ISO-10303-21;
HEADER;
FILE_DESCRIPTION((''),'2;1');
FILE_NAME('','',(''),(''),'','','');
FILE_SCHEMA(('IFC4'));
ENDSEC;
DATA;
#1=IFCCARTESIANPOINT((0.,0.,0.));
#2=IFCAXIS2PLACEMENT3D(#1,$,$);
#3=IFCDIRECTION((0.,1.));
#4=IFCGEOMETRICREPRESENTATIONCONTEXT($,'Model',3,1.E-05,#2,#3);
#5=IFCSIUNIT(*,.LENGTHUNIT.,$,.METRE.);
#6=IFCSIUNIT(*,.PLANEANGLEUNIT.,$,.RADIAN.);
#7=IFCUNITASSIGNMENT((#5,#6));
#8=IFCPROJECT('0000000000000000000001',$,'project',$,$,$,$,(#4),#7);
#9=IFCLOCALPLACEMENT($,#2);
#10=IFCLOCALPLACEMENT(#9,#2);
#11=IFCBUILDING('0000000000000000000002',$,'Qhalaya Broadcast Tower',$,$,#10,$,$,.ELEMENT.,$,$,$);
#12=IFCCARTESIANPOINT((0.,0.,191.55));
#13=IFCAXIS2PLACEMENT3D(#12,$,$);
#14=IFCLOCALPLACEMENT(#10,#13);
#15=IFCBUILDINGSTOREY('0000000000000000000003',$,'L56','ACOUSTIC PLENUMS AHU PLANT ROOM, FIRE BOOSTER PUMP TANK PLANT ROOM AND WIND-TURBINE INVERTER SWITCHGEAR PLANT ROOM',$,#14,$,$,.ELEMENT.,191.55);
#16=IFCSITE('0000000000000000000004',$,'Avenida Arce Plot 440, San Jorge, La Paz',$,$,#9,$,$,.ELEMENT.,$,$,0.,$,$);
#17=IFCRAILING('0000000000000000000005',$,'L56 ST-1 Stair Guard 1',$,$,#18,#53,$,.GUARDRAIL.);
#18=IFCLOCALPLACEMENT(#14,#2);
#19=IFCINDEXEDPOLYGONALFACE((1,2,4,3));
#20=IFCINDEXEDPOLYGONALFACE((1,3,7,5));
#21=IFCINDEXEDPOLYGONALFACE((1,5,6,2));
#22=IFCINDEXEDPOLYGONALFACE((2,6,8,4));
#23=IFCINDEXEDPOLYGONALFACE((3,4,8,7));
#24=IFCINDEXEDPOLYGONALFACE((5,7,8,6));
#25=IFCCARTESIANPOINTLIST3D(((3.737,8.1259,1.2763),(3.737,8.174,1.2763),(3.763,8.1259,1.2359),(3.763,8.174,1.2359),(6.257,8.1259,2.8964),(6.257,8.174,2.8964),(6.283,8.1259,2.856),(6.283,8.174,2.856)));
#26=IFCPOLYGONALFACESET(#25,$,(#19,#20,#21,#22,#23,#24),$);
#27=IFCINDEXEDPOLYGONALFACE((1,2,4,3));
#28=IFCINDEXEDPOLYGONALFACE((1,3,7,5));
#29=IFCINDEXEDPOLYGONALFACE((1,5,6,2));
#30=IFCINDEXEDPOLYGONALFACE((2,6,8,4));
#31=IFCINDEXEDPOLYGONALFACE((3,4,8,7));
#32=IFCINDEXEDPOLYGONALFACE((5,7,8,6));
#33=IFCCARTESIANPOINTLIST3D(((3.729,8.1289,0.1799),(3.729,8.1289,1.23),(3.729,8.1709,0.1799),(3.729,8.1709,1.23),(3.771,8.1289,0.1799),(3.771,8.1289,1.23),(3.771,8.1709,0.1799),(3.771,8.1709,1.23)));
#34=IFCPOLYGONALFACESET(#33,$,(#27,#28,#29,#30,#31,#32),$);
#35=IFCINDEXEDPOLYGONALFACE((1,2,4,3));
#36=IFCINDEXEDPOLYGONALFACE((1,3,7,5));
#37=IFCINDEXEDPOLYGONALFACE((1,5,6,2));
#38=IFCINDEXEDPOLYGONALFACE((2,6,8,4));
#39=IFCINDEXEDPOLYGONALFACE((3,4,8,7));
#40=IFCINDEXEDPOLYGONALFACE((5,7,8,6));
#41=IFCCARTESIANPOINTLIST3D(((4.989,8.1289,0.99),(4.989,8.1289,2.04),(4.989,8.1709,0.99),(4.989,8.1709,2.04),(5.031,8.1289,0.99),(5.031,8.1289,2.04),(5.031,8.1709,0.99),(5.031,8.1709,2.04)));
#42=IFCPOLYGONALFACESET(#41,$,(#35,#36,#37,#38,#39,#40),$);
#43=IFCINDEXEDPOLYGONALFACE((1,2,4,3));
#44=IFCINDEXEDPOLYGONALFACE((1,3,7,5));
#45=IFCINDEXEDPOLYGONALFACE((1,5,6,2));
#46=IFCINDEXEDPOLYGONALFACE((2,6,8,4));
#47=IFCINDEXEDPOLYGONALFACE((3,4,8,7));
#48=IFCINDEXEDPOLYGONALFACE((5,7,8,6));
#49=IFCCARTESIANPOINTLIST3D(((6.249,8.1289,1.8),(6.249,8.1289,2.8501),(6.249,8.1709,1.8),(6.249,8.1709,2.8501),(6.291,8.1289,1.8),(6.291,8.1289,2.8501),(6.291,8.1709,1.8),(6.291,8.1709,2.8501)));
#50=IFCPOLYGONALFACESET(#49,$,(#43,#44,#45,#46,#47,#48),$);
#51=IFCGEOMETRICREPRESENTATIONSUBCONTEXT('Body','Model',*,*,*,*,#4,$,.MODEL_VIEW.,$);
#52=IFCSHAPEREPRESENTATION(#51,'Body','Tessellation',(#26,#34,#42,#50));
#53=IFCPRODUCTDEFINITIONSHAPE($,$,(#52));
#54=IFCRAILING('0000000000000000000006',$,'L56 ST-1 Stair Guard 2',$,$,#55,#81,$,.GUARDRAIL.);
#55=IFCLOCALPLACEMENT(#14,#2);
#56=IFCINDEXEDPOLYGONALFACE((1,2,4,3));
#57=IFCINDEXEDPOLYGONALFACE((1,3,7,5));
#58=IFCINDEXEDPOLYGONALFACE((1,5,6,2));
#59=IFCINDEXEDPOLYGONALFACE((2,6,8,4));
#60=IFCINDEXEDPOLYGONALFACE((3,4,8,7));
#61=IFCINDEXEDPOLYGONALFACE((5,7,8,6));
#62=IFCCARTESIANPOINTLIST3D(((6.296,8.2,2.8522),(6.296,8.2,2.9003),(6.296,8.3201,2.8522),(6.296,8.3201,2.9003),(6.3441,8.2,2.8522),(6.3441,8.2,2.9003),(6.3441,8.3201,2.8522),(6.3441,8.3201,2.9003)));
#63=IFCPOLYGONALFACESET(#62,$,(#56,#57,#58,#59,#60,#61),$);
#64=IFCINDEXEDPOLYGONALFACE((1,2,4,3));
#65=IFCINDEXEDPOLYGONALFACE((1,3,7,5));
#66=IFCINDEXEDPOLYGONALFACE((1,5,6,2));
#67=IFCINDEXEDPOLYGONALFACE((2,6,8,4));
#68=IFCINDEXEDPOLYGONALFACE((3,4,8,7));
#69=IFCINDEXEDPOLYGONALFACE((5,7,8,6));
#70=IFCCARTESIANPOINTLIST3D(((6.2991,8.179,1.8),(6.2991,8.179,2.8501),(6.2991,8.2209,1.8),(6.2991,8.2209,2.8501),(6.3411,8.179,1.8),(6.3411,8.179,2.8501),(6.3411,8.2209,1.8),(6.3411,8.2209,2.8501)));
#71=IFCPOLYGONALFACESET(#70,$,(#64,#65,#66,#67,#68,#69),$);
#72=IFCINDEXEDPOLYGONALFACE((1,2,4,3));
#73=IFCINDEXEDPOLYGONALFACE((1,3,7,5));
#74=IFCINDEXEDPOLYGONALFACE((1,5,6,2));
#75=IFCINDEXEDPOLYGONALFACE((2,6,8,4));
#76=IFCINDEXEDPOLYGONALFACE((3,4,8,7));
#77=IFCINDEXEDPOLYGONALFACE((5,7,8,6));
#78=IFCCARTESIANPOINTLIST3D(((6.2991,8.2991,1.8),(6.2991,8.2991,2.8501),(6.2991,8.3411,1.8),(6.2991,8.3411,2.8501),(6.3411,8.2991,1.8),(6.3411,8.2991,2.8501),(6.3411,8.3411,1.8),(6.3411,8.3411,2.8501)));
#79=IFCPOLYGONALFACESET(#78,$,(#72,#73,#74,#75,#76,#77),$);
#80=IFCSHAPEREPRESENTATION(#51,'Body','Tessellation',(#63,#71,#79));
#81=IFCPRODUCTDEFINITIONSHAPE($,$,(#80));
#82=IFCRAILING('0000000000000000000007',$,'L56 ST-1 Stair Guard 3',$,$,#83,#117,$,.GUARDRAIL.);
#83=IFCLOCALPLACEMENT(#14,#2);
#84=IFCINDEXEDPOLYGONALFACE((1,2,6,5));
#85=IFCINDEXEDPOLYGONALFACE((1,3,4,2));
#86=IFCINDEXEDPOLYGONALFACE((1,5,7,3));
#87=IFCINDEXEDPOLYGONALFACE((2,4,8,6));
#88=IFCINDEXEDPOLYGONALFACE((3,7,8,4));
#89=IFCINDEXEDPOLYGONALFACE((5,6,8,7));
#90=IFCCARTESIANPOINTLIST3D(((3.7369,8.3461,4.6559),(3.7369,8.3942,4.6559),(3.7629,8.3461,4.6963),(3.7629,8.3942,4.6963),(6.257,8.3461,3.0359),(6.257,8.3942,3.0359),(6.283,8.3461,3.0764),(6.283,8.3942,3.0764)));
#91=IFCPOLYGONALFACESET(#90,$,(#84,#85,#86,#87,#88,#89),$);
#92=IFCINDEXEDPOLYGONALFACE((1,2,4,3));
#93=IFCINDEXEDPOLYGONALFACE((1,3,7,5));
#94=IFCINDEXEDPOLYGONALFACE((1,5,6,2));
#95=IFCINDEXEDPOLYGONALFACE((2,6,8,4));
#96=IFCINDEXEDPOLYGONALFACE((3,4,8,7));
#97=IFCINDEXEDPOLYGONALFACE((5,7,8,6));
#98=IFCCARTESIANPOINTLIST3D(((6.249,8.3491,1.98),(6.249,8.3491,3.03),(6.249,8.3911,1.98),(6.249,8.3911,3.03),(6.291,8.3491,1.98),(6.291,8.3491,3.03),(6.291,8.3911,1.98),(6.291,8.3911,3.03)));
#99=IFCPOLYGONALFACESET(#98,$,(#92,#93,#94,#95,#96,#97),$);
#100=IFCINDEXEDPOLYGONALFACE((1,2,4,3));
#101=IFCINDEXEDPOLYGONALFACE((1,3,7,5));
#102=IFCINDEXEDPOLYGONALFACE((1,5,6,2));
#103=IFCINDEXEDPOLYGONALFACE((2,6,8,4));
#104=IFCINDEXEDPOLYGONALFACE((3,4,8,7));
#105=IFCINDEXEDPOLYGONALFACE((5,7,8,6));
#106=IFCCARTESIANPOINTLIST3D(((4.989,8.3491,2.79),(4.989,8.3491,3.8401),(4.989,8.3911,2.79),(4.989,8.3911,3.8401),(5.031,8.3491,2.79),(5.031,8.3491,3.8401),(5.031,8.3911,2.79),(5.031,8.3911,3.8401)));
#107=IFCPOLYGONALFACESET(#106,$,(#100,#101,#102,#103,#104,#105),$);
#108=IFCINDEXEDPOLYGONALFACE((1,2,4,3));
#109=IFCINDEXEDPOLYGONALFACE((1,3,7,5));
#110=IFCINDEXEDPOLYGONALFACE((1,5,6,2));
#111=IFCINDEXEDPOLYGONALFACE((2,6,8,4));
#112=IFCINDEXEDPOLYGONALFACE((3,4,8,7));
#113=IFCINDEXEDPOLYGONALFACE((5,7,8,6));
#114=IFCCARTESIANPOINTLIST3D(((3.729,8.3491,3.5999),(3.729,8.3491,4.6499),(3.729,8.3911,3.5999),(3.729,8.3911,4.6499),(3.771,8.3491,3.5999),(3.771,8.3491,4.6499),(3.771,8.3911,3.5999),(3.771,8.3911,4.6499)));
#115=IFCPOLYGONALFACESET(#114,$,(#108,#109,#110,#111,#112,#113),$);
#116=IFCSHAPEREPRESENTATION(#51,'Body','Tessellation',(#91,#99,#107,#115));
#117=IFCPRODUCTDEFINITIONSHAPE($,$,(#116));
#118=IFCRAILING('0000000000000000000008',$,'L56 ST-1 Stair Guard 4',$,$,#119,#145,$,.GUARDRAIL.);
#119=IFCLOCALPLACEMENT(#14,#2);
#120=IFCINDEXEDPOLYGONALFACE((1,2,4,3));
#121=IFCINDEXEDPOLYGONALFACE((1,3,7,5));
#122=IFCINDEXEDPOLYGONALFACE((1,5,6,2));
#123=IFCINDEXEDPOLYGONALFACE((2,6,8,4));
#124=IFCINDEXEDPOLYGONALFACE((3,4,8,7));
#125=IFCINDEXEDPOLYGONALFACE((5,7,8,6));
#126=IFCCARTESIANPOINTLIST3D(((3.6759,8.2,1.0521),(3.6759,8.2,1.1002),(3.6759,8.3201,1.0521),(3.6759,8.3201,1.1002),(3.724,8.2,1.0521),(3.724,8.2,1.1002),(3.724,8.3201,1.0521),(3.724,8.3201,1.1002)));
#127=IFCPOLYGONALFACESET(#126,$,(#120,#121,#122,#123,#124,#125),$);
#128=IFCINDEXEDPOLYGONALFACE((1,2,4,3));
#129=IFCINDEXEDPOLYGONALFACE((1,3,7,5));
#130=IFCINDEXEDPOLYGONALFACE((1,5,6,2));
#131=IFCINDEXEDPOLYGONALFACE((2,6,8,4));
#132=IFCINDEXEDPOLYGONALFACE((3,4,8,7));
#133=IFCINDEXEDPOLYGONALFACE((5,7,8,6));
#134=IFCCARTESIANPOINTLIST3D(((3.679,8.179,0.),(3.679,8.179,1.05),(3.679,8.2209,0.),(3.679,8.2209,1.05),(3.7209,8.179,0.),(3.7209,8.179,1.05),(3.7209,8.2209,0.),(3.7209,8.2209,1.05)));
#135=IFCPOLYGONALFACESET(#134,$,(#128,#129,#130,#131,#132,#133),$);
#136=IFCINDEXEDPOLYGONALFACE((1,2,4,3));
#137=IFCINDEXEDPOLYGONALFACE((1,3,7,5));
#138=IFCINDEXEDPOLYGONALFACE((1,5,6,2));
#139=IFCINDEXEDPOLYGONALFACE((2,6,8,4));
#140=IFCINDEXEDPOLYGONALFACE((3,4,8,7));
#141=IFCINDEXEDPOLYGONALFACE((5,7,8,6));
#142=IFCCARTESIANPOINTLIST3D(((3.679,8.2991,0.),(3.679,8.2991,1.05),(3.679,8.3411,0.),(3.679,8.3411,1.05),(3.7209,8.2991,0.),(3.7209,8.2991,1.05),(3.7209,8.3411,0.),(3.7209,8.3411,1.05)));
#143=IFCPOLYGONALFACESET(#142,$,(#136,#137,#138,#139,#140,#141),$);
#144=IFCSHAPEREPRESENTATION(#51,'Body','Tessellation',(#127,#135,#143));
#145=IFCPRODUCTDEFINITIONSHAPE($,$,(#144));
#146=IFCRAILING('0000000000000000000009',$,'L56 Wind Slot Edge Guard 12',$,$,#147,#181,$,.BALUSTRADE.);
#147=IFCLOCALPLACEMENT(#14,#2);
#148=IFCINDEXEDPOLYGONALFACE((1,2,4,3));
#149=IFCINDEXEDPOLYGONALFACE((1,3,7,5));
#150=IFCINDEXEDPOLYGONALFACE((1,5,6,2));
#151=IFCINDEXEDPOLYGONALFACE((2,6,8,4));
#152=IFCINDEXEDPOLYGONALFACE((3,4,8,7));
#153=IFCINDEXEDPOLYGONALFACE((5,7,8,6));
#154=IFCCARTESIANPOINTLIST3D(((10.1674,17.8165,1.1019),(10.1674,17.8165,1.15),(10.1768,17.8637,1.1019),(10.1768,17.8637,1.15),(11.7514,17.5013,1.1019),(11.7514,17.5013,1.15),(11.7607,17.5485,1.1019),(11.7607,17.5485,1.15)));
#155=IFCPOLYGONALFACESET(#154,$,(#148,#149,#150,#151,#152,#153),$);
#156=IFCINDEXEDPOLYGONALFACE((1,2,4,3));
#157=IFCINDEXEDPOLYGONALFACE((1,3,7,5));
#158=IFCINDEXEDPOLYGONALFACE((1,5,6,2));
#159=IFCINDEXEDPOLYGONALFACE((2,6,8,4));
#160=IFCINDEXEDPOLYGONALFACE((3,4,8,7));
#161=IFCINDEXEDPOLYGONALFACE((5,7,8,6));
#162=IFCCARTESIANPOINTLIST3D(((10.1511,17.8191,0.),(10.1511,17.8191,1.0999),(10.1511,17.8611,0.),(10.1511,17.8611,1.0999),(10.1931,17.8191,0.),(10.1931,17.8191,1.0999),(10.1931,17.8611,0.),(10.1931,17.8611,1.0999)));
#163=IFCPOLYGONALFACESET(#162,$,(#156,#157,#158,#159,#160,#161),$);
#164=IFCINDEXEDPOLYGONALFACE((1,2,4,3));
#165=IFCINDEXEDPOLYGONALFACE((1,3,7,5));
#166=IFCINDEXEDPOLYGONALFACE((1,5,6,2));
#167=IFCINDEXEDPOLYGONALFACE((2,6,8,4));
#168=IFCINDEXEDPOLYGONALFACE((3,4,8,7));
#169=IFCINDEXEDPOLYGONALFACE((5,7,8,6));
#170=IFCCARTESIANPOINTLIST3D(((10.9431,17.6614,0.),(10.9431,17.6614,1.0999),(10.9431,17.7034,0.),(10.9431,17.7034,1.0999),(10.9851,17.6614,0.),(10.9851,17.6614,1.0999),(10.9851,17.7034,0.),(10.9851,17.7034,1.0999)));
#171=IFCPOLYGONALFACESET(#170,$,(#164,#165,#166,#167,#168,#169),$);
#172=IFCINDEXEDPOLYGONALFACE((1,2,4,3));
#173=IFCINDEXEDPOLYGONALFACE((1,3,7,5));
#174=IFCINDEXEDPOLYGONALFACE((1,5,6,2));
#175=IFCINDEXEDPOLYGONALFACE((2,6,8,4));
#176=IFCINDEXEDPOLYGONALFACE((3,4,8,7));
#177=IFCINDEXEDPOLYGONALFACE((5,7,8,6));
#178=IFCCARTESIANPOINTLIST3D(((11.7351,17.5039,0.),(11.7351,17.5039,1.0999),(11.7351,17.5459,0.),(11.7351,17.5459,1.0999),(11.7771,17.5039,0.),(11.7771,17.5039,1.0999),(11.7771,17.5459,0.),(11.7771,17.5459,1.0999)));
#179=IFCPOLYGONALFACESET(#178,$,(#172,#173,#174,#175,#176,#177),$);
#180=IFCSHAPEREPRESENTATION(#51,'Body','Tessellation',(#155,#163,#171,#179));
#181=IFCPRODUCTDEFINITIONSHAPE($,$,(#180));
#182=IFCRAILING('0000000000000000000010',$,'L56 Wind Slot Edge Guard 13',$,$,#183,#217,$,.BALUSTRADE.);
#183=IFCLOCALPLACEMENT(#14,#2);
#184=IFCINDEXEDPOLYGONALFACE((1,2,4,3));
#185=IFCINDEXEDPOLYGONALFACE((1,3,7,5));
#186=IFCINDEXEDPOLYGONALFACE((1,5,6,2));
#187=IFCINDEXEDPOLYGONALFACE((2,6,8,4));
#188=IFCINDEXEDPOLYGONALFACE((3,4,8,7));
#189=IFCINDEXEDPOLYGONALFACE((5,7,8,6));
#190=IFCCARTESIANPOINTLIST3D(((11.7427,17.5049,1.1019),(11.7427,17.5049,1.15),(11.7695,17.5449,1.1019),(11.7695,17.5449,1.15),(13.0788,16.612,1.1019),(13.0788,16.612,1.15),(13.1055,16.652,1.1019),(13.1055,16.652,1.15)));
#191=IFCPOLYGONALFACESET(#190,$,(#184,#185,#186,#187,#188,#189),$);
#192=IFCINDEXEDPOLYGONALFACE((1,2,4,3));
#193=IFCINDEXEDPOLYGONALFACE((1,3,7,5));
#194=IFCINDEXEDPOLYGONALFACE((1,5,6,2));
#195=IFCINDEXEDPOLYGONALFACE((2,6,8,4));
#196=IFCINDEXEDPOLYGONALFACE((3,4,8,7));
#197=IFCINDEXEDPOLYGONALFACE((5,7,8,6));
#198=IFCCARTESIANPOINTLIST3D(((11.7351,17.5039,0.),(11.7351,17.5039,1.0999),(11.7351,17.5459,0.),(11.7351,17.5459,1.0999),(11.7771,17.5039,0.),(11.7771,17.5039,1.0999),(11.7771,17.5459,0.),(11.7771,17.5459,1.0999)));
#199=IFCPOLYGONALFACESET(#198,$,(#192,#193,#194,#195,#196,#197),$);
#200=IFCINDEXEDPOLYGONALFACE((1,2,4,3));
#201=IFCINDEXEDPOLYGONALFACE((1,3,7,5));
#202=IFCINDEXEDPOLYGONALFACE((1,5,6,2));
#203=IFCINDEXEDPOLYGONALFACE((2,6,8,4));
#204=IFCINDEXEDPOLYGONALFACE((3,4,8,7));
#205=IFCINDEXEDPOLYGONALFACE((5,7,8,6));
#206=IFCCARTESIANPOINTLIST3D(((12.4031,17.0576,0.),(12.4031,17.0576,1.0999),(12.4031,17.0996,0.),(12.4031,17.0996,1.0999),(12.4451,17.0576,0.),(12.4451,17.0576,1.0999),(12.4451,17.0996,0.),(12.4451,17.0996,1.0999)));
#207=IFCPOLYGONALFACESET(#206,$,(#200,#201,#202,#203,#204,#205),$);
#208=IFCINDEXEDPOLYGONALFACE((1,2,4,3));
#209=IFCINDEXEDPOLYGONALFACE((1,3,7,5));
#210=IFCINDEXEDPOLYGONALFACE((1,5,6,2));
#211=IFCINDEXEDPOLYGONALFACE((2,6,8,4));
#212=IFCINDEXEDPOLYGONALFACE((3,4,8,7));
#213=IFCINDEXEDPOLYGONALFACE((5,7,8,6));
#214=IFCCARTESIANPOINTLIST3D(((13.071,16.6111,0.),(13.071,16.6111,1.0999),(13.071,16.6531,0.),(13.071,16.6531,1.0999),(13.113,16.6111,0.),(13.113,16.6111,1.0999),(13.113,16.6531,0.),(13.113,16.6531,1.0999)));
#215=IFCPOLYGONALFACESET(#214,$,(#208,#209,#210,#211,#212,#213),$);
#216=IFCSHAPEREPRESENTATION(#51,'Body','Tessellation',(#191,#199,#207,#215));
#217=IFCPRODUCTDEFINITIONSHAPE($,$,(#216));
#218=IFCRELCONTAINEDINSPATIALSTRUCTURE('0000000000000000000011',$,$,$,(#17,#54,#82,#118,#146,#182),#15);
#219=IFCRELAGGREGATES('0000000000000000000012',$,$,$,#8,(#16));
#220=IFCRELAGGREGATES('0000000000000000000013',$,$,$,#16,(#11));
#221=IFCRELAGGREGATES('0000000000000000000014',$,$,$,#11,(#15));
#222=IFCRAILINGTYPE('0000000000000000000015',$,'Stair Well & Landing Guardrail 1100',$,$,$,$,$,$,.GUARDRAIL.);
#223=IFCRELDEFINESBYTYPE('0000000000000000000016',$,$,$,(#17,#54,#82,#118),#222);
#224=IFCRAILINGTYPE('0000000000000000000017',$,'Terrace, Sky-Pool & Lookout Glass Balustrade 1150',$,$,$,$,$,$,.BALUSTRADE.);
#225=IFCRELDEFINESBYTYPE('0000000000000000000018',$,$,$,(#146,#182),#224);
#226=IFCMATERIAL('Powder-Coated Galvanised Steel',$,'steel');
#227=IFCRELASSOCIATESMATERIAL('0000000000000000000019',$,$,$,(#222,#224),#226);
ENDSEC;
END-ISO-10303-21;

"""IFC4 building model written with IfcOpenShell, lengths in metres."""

from ifc_helpers import new_model, si_unit, direction, frame, origin, origin_2d, place, context, subcontext, project, spatial, rectangle, extrude, material, type_object, element, save


model = new_model("IFC4")

# Units and contexts
model_context = context("Model", 3, precision=1e-05, world=origin(), true_north=direction((0.0, 1.0)))
body_context = subcontext(model_context, "Body", "Model", "MODEL_VIEW")
ifc_project = project(units=[si_unit("LENGTHUNIT", "METRE"), si_unit("PLANEANGLEUNIT", "RADIAN")], contexts=[model_context])

# Site, building, storey
site_placement = place(None, origin())
site = spatial("IfcSite", under=ifc_project, at=site_placement, Name="Avenida Arce Plot 440, San Jorge, La Paz", CompositionType="ELEMENT", RefElevation=0.0)
building_placement = place(site_placement, origin())
building = spatial("IfcBuilding", under=site, at=building_placement, Name="Qhalaya Broadcast Tower", CompositionType="ELEMENT")
storey_placement = place(building_placement, frame((0.0, 0.0, 191.55)))
storey = spatial("IfcBuildingStorey", under=building, at=storey_placement, Name="L56", Description="ACOUSTIC PLENUMS AHU PLANT ROOM, FIRE BOOSTER PUMP TANK PLANT ROOM AND WIND-TURBINE INVERTER SWITCHGEAR PLANT ROOM", CompositionType="ELEMENT", Elevation=191.55)

# Railings
ifc_material_1 = material(Name="Powder-Coated Galvanised Steel", Category="steel")
railing_type_1 = type_object("IfcRailingType", Name="Stair Well & Landing Guardrail 1100", PredefinedType="GUARDRAIL", material=ifc_material_1)
railing_1_placement = place(storey_placement, frame((3.75, 8.1499, 0.1799)))
element("IfcRailing", 1, at=railing_1_placement, inside=storey, type_object=railing_type_1, Name="L56 ST-1 Stair Guard 1", PredefinedType="GUARDRAIL", context=body_context, shape_type="SweptSolid", body=[
    extrude(rectangle(XDim=0.0481, YDim=0.0481, at=origin_2d()), frame((0.0, 0.0, 1.0762), z_axis=(0.841163, 0.0, 0.540782), x_axis=(0.0, 1.0, 0.0)), (0.0, 0.0, 1.0), 2.9958),
    extrude(rectangle(XDim=0.042, YDim=0.042, at=origin_2d()), origin(), (0.0, 0.0, 1.0), 1.05),
    extrude(rectangle(XDim=0.042, YDim=0.042, at=origin_2d()), frame((1.26, 0.0, 0.8101)), (0.0, 0.0, 1.0), 1.05),
    extrude(rectangle(XDim=0.042, YDim=0.042, at=origin_2d()), frame((2.52, 0.0, 1.6201)), (0.0, 0.0, 1.0), 1.05),
])
railing_2_placement = place(storey_placement, frame((6.3201, 8.2, 1.8)))
element("IfcRailing", 2, at=railing_2_placement, inside=storey, type_object=railing_type_1, Name="L56 ST-1 Stair Guard 2", PredefinedType="GUARDRAIL", context=body_context, shape_type="SweptSolid", body=[
    extrude(rectangle(XDim=0.0481, YDim=0.0481, at=origin_2d()), frame((0.0, 0.0, 1.0762), z_axis=(0.0, 1.0, 0.0), x_axis=(-1.0, 0.0, 0.0)), (0.0, 0.0, 1.0), 0.1201),
    extrude(rectangle(XDim=0.042, YDim=0.042, at=origin_2d()), origin(), (0.0, 0.0, 1.0), 1.05),
    extrude(rectangle(XDim=0.042, YDim=0.042, at=origin_2d()), frame((0.0, 0.1201, 0.0)), (0.0, 0.0, 1.0), 1.05),
])
railing_3_placement = place(storey_placement, frame((6.27, 8.3701, 1.98)))
element("IfcRailing", 3, at=railing_3_placement, inside=storey, type_object=railing_type_1, Name="L56 ST-1 Stair Guard 3", PredefinedType="GUARDRAIL", context=body_context, shape_type="SweptSolid", body=[
    extrude(rectangle(XDim=0.0481, YDim=0.0481, at=origin_2d()), frame((0.0, 0.0, 1.0762), z_axis=(-0.8412, 0.0, 0.540725), x_axis=(0.0, -1.0, 0.0)), (0.0, 0.0, 1.0), 2.9958),
    extrude(rectangle(XDim=0.042, YDim=0.042, at=origin_2d()), origin(), (0.0, 0.0, 1.0), 1.05),
    extrude(rectangle(XDim=0.042, YDim=0.042, at=origin_2d()), frame((-1.26, 0.0, 0.8101)), (0.0, 0.0, 1.0), 1.05),
    extrude(rectangle(XDim=0.042, YDim=0.042, at=origin_2d()), frame((-2.52, 0.0, 1.6199)), (0.0, 0.0, 1.0), 1.05),
])
railing_4_placement = place(storey_placement, frame((3.7, 8.2, 0.0)))
element("IfcRailing", 4, at=railing_4_placement, inside=storey, type_object=railing_type_1, Name="L56 ST-1 Stair Guard 4", PredefinedType="GUARDRAIL", context=body_context, shape_type="SweptSolid", body=[
    extrude(rectangle(XDim=0.0481, YDim=0.0481, at=origin_2d()), frame((0.0, 0.0, 1.0762), z_axis=(0.0, 1.0, 0.0), x_axis=(-1.0, 0.0, 0.0)), (0.0, 0.0, 1.0), 0.1201),
    extrude(rectangle(XDim=0.042, YDim=0.042, at=origin_2d()), origin(), (0.0, 0.0, 1.0), 1.05),
    extrude(rectangle(XDim=0.042, YDim=0.042, at=origin_2d()), frame((0.0, 0.1201, 0.0)), (0.0, 0.0, 1.0), 1.05),
])
railing_type_2 = type_object("IfcRailingType", Name="Terrace, Sky-Pool & Lookout Glass Balustrade 1150", PredefinedType="BALUSTRADE", material=ifc_material_1)
railing_5_placement = place(storey_placement, frame((10.1721, 17.8401, 0.0)))
element("IfcRailing", 5, at=railing_5_placement, inside=storey, type_object=railing_type_2, Name="L56 Wind Slot Edge Guard 12", PredefinedType="BALUSTRADE", context=body_context, shape_type="SweptSolid", body=[
    extrude(rectangle(XDim=0.0481, YDim=0.0481, at=origin_2d()), frame((0.0, 0.0, 1.126), z_axis=(0.980772, -0.195157, 0.0), x_axis=(0.195157, 0.980772, 0.0)), (0.0, 0.0, 1.0), 1.615),
    extrude(rectangle(XDim=0.042, YDim=0.042, at=origin_2d()), origin(), (0.0, 0.0, 1.0), 1.0999),
    extrude(rectangle(XDim=0.042, YDim=0.042, at=origin_2d()), frame((0.792, -0.1577, 0.0)), (0.0, 0.0, 1.0), 1.0999),
    extrude(rectangle(XDim=0.042, YDim=0.042, at=origin_2d()), frame((1.584, -0.3152, 0.0)), (0.0, 0.0, 1.0), 1.0999),
])
railing_6_placement = place(storey_placement, frame((11.7561, 17.5249, 0.0)))
element("IfcRailing", 6, at=railing_6_placement, inside=storey, type_object=railing_type_2, Name="L56 Wind Slot Edge Guard 13", PredefinedType="BALUSTRADE", context=body_context, shape_type="SweptSolid", body=[
    extrude(rectangle(XDim=0.0481, YDim=0.0481, at=origin_2d()), frame((0.0, 0.0, 1.126), z_axis=(0.831419, -0.555647, 0.0), x_axis=(0.555647, 0.831419, 0.0)), (0.0, 0.0, 1.0), 1.6069),
    extrude(rectangle(XDim=0.042, YDim=0.042, at=origin_2d()), origin(), (0.0, 0.0, 1.0), 1.0999),
    extrude(rectangle(XDim=0.042, YDim=0.042, at=origin_2d()), frame((0.668, -0.4463, 0.0)), (0.0, 0.0, 1.0), 1.0999),
    extrude(rectangle(XDim=0.042, YDim=0.042, at=origin_2d()), frame((1.3359, -0.8928, 0.0)), (0.0, 0.0, 1.0), 1.0999),
])

save(model, "model.ifc")
